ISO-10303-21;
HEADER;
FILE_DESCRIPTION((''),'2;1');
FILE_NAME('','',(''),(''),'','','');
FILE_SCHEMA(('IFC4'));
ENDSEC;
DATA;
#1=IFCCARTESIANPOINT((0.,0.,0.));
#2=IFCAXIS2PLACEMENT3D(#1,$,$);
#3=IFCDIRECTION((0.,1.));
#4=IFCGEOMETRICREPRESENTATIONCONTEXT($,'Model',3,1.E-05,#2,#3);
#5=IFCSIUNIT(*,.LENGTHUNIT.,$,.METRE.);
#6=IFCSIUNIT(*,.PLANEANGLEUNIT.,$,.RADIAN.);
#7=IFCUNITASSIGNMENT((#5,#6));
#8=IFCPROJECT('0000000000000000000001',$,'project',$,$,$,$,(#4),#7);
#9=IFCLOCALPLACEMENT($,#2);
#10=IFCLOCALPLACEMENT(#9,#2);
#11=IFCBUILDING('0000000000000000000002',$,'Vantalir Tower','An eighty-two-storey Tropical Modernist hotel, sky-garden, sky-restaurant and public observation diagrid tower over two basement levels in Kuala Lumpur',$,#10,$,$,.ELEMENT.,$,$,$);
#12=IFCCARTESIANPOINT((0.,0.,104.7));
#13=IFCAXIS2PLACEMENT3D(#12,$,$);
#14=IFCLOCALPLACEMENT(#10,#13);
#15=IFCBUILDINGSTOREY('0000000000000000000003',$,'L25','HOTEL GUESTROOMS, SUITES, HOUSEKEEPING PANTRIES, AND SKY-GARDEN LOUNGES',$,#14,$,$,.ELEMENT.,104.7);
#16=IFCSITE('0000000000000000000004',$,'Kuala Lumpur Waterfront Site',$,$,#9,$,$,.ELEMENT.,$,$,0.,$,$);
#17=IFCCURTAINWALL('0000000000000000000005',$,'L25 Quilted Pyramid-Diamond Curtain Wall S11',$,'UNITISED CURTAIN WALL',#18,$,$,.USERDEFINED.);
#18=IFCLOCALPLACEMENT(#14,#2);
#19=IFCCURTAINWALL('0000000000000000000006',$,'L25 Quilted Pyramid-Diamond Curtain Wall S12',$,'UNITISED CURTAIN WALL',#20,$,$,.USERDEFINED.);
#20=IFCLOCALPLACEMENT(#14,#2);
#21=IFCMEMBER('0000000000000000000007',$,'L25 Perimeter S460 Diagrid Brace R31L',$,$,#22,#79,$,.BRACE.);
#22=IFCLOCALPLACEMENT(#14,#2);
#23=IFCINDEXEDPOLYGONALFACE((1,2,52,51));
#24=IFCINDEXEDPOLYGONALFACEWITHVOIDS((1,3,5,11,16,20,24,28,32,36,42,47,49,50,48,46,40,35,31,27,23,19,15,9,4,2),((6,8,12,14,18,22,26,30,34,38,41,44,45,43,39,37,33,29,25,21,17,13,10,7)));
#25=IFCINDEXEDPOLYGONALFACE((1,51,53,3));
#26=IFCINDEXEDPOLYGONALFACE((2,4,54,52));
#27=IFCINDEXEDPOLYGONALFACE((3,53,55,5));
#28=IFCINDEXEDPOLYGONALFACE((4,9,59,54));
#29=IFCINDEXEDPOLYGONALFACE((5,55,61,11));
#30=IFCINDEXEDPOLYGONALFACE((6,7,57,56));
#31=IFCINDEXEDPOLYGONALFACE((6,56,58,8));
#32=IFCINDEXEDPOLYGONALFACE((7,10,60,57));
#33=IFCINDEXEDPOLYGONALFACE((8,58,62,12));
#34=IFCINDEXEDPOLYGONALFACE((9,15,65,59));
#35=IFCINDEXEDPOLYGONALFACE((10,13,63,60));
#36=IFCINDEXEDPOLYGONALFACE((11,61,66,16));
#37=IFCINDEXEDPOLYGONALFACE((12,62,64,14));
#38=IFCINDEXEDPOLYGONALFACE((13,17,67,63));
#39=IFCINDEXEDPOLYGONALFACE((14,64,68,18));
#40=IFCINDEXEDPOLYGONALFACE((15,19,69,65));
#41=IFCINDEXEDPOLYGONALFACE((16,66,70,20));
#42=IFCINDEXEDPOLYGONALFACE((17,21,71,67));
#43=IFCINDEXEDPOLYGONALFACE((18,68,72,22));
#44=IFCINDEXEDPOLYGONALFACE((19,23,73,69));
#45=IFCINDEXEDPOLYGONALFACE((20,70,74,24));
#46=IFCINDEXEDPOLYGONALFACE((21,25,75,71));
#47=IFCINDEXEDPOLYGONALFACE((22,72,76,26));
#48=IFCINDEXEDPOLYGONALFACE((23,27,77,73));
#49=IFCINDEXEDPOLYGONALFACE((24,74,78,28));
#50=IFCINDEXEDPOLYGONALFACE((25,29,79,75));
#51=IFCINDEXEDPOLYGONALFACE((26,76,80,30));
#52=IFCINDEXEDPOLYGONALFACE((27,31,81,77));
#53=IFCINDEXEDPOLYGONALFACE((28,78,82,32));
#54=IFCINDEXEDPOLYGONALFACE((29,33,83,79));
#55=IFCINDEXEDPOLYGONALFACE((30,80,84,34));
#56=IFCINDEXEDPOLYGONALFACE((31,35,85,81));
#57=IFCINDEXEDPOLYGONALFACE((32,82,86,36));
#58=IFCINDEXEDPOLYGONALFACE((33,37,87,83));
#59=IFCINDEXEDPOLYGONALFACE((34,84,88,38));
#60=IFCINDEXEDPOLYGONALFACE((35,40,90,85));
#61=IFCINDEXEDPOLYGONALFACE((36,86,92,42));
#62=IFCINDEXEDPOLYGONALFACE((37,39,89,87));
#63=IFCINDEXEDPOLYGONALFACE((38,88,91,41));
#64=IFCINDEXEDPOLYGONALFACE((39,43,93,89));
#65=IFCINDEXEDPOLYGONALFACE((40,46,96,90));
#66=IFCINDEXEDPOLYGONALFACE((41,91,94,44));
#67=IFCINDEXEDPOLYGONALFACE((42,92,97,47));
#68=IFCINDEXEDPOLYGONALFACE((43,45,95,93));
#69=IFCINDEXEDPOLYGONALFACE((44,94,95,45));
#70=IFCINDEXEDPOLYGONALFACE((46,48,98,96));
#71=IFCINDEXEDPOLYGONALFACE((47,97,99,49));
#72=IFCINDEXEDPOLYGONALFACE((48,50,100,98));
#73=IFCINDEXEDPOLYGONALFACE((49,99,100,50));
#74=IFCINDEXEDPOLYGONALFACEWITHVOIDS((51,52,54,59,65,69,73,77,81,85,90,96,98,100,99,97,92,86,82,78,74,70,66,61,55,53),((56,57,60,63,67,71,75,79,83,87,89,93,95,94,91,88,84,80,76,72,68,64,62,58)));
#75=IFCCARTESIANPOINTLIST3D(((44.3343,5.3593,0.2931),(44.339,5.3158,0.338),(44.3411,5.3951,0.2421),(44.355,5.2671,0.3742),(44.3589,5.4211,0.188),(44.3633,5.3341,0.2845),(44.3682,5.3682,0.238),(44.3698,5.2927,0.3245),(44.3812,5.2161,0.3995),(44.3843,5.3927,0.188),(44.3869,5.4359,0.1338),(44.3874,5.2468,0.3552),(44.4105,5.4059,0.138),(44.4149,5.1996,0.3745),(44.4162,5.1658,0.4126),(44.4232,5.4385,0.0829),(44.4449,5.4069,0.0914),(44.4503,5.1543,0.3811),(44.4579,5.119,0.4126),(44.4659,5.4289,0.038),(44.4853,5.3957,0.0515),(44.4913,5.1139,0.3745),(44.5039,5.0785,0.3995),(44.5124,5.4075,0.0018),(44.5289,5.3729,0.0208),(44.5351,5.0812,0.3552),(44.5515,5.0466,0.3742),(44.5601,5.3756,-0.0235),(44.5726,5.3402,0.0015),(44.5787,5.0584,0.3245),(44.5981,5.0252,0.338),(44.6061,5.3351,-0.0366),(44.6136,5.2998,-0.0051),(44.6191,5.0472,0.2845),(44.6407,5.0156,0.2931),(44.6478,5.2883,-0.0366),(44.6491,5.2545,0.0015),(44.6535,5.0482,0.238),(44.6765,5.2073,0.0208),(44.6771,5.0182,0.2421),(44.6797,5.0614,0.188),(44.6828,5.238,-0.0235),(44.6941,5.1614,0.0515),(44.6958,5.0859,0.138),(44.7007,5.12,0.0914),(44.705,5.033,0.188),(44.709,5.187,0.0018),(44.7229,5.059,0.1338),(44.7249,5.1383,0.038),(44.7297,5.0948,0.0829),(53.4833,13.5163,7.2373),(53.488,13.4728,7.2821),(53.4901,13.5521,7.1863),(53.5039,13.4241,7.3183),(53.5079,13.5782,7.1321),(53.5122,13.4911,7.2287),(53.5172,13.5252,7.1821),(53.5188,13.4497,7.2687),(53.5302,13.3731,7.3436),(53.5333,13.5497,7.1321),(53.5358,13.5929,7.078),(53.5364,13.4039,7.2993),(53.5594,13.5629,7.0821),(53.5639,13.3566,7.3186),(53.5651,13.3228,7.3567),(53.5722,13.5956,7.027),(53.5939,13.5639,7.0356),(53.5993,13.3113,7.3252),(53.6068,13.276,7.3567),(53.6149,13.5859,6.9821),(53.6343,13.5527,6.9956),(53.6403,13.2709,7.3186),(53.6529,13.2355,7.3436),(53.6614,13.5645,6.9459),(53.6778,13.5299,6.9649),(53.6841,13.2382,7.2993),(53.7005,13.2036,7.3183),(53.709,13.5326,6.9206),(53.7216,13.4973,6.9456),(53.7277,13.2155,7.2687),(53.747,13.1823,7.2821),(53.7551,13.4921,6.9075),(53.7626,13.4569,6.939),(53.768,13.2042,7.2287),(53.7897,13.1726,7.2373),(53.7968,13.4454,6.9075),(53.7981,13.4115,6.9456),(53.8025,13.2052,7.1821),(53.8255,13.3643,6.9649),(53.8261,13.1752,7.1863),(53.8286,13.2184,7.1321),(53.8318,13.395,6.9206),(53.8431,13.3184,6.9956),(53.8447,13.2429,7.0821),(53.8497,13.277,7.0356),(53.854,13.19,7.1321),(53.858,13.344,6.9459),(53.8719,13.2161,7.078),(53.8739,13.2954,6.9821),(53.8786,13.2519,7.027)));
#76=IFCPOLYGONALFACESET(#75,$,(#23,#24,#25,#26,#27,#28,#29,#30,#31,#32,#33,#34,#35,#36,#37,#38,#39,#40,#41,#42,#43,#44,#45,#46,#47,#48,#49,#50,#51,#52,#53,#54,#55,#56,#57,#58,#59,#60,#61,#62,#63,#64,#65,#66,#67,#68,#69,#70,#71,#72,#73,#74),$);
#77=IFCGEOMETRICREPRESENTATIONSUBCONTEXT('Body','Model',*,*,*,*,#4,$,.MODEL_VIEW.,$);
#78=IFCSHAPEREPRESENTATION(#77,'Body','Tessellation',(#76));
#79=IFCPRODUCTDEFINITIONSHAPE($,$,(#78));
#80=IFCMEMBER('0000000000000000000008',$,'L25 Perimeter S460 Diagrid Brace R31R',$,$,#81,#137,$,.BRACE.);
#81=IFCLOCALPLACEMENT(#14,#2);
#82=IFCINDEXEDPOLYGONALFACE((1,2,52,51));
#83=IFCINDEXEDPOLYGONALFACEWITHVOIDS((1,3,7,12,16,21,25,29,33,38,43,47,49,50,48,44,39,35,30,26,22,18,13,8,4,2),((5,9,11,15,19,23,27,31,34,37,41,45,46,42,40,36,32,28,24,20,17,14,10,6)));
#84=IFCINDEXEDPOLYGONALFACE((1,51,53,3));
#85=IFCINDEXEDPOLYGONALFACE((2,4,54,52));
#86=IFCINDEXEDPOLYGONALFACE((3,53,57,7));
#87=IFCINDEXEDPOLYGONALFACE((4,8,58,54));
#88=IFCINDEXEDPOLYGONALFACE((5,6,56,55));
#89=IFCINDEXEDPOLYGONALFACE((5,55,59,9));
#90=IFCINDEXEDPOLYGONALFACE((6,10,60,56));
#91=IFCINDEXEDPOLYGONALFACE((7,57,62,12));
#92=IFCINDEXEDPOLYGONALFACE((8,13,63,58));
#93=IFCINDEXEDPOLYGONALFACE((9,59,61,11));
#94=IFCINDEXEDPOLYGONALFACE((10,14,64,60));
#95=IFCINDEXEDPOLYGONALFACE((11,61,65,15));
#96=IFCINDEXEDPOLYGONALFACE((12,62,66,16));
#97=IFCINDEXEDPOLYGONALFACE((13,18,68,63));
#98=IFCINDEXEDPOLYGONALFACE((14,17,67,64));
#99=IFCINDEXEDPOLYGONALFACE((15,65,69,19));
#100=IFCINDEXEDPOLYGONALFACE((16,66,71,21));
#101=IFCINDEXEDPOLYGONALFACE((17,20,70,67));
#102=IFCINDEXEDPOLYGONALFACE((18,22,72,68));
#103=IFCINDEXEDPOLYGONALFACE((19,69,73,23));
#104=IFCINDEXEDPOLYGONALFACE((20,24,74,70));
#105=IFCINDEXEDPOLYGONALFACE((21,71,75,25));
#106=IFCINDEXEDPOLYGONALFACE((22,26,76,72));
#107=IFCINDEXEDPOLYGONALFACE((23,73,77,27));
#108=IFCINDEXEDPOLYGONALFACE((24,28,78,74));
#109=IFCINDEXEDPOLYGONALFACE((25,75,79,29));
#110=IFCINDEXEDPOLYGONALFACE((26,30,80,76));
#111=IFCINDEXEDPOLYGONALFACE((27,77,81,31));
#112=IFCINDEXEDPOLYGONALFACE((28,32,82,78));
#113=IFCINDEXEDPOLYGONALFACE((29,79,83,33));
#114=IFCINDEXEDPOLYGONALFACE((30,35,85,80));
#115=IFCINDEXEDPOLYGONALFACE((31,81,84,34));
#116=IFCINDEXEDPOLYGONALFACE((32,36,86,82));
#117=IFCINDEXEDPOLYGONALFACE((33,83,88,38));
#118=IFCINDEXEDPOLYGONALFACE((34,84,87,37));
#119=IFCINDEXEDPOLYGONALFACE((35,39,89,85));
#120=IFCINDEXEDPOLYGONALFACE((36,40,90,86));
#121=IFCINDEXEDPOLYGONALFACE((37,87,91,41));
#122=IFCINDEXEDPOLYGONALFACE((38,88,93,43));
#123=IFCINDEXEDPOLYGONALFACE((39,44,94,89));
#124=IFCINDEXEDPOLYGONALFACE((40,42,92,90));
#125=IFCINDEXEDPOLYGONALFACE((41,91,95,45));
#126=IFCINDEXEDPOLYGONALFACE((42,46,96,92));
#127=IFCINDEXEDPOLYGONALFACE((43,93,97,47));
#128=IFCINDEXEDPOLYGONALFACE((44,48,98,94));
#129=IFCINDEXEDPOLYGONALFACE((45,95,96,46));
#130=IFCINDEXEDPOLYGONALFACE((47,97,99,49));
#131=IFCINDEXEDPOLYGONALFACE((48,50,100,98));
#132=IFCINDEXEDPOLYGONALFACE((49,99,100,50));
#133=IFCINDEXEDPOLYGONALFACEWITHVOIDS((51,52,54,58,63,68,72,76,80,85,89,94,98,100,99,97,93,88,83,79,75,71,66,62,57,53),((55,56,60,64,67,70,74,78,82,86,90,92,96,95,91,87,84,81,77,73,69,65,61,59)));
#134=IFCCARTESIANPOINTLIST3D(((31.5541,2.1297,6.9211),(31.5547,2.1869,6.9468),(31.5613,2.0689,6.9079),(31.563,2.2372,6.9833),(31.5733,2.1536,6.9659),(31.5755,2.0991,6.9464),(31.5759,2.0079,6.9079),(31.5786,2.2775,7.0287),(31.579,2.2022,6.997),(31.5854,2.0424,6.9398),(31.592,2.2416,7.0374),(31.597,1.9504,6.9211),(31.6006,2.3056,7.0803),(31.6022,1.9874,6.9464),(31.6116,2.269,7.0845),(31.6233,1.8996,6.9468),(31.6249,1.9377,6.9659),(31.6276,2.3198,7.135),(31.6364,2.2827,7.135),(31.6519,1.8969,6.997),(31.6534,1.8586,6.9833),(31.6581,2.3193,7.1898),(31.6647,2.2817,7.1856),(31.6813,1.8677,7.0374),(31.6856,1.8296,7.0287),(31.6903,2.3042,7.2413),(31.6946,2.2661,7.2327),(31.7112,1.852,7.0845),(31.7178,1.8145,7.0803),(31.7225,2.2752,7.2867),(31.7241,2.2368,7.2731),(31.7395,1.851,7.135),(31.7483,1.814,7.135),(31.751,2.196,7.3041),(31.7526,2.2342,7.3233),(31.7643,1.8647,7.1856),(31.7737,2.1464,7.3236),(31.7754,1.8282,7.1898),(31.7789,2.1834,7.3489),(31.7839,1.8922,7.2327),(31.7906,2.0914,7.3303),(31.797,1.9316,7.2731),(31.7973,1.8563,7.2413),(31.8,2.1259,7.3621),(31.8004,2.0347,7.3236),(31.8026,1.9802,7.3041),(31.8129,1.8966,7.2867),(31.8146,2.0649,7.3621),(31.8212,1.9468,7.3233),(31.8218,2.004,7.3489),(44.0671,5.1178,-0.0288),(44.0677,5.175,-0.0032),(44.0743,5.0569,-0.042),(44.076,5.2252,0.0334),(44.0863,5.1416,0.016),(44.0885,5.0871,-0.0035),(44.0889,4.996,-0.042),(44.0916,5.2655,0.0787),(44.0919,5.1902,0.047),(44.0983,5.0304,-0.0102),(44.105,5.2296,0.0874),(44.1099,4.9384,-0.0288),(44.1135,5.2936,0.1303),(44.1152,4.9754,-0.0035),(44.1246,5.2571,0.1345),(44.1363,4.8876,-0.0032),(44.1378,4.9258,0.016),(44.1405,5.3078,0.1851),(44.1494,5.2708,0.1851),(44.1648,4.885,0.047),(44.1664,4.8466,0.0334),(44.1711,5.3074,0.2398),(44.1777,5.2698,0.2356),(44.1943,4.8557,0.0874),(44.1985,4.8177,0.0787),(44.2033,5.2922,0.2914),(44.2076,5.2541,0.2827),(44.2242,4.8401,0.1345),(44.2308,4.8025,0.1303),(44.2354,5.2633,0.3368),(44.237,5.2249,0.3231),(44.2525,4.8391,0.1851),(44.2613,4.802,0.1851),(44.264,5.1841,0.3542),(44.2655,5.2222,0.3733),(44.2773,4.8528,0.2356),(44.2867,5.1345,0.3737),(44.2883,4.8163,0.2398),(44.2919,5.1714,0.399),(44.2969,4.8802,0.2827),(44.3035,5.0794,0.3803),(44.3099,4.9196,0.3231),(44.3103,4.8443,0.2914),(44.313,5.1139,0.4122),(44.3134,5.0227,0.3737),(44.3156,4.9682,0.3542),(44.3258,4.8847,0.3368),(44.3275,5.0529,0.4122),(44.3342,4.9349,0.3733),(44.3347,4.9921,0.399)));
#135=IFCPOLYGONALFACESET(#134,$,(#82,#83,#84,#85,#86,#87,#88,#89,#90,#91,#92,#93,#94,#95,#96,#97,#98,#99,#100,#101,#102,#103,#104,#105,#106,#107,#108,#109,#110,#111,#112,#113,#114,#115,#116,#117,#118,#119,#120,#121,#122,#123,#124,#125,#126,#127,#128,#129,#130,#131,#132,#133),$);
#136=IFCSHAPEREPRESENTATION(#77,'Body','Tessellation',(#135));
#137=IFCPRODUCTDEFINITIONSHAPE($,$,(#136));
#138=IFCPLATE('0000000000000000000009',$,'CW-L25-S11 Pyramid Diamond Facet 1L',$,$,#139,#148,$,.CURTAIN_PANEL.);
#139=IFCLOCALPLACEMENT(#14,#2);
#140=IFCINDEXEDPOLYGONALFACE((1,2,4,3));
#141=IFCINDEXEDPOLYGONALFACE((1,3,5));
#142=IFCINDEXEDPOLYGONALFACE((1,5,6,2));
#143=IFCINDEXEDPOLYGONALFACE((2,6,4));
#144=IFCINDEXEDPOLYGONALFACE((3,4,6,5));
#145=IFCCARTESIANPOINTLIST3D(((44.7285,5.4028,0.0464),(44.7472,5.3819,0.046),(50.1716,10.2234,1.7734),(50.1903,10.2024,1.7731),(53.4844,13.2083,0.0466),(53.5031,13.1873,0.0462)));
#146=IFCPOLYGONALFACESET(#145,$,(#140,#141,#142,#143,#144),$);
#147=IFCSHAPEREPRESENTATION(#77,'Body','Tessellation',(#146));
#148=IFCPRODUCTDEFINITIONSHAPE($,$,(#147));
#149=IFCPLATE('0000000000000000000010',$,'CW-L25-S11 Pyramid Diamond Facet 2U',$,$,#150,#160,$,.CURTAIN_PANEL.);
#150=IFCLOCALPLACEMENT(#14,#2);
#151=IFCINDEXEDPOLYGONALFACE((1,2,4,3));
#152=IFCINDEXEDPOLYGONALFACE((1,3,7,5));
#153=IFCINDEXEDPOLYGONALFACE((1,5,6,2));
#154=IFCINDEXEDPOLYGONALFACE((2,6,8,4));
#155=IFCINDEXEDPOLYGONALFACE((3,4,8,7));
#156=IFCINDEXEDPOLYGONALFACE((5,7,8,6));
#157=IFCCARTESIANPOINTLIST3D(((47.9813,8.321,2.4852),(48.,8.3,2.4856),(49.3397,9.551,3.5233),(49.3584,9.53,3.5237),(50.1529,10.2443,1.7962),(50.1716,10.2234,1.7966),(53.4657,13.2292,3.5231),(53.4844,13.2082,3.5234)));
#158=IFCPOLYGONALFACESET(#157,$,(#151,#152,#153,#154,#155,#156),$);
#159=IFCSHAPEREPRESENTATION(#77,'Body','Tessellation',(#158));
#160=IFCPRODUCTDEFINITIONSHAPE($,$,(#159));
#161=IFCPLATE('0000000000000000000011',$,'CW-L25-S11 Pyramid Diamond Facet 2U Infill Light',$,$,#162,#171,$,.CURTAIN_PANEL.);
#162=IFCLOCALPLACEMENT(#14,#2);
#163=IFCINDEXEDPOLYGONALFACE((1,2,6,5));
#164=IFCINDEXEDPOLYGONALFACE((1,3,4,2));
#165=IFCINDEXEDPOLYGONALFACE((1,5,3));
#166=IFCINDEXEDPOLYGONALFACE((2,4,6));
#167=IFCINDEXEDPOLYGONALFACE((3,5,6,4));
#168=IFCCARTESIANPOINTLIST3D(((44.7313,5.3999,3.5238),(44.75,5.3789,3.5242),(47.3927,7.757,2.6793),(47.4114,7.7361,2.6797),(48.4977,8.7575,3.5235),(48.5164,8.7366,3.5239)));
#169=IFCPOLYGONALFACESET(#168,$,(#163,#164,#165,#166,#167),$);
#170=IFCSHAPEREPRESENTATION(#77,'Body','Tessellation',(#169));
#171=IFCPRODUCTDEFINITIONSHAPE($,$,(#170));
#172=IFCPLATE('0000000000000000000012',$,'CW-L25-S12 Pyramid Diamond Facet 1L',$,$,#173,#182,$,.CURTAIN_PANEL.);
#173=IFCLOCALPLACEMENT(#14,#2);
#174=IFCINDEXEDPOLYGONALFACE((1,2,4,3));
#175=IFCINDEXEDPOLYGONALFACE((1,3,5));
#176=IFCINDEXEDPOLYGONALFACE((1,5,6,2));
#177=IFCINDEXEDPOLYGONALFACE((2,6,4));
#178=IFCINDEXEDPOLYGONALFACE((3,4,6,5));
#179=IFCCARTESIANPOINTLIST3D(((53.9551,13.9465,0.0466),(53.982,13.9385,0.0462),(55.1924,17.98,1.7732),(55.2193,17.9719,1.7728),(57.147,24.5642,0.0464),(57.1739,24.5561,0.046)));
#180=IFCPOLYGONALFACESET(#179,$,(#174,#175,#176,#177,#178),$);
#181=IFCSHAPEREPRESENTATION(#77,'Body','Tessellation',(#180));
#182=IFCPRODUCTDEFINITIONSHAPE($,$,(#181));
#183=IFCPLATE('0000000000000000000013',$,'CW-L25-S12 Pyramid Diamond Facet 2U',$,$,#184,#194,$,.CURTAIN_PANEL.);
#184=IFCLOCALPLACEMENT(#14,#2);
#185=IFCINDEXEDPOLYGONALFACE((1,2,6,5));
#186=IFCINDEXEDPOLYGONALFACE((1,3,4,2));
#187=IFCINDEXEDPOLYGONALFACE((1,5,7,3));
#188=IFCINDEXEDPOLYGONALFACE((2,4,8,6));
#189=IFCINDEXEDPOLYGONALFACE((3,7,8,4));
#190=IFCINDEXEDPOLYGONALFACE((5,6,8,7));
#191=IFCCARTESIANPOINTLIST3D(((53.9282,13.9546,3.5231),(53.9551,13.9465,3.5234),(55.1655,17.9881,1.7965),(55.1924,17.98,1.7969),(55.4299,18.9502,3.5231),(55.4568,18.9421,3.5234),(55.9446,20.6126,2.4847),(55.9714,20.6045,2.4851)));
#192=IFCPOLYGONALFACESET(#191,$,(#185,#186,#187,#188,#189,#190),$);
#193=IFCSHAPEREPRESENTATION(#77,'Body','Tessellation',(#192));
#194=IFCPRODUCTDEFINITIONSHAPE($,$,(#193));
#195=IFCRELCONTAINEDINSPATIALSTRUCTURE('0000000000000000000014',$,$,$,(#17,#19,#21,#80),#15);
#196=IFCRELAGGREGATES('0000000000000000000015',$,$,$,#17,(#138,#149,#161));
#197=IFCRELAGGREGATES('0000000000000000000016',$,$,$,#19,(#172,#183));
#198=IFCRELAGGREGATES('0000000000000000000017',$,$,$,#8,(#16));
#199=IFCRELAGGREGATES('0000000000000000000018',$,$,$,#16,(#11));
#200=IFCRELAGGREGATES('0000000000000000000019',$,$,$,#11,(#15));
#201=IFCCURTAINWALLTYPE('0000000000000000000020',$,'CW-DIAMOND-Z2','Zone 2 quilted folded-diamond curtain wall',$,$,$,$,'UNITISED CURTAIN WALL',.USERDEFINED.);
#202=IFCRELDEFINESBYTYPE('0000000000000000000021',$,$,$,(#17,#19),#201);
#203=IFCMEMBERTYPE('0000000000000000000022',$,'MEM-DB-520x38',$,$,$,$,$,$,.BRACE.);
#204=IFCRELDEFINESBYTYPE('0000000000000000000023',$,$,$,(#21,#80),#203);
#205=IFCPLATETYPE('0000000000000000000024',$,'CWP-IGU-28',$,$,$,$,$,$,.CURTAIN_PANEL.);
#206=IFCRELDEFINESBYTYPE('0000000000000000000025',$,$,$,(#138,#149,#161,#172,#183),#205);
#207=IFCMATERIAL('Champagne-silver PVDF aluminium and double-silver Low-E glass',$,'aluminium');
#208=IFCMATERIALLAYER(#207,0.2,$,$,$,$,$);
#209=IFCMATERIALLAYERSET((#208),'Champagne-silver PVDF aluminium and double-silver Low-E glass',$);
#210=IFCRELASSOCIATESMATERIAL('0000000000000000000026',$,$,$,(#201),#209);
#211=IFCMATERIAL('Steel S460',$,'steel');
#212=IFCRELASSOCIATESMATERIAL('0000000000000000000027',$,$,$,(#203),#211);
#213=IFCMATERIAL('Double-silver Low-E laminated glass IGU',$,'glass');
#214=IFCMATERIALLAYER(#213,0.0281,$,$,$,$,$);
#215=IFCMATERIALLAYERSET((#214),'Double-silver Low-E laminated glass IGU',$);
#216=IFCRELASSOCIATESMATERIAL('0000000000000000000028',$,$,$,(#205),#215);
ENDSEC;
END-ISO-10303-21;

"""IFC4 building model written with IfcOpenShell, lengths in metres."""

from ifc_helpers import new_model, si_unit, direction, frame, origin, origin_2d, place, context, subcontext, project, spatial, polyline, hollow_circle, outline, extrude, material, layer, layer_set, material_profile, profile_set, type_object, element, aggregate, save


model = new_model("IFC4")

# Units and contexts
model_context = context("Model", 3, precision=1e-05, world=origin(), true_north=direction((0.0, 1.0)))
body_context = subcontext(model_context, "Body", "Model", "MODEL_VIEW")
ifc_project = project(units=[si_unit("LENGTHUNIT", "METRE"), si_unit("PLANEANGLEUNIT", "RADIAN")], contexts=[model_context])

# Site, building, storey
site_placement = place(None, origin())
site = spatial("IfcSite", under=ifc_project, at=site_placement, Name="Kuala Lumpur Waterfront Site", CompositionType="ELEMENT", RefElevation=0.0)
building_placement = place(site_placement, origin())
building = spatial("IfcBuilding", under=site, at=building_placement, Name="Vantalir Tower", Description="An eighty-two-storey Tropical Modernist hotel, sky-garden, sky-restaurant and public observation diagrid tower over two basement levels in Kuala Lumpur", CompositionType="ELEMENT")
storey_placement = place(building_placement, frame((0.0, 0.0, 104.7)))
storey = spatial("IfcBuildingStorey", under=building, at=storey_placement, Name="L25", Description="HOTEL GUESTROOMS, SUITES, HOUSEKEEPING PANTRIES, AND SKY-GARDEN LOUNGES", CompositionType="ELEMENT", Elevation=104.7)

# Shared definitions
ifc_material_1 = material(Name="Steel S460", Category="steel")

# Shared definitions
ifc_material_2 = material(Name="Champagne-silver PVDF aluminium and double-silver Low-E glass", Category="aluminium")
ifc_layer_1 = layer(ifc_material_2, 0.2)
ifc_layer_set_1 = layer_set([ifc_layer_1], Name="Champagne-silver PVDF aluminium and double-silver Low-E glass")
curtain_wall_type = type_object("IfcCurtainWallType", Name="CW-DIAMOND-Z2", Description="Zone 2 quilted folded-diamond curtain wall", ElementType="UNITISED CURTAIN WALL", PredefinedType="USERDEFINED", material=ifc_layer_set_1)

# Curtain wall
curtain_wall_1_placement = place(storey_placement, origin())
curtain_wall_1 = element("IfcCurtainWall", 1, at=curtain_wall_1_placement, inside=storey, type_object=curtain_wall_type, Name="L25 Quilted Pyramid-Diamond Curtain Wall S11", ObjectType="UNITISED CURTAIN WALL", PredefinedType="USERDEFINED")

# Curtain wall
curtain_wall_2_placement = place(storey_placement, origin())
curtain_wall_2 = element("IfcCurtainWall", 2, at=curtain_wall_2_placement, inside=storey, type_object=curtain_wall_type, Name="L25 Quilted Pyramid-Diamond Curtain Wall S12", ObjectType="UNITISED CURTAIN WALL", PredefinedType="USERDEFINED")

# Members
ifc_material_profile_1 = material_profile(ifc_material_1, hollow_circle(Radius=0.26, WallThickness=0.0381, at=origin_2d()), Name="Steel S460")
ifc_profile_set_1 = profile_set([ifc_material_profile_1], Name="Steel S460")
member_type_1 = type_object("IfcMemberType", Name="MEM-DB-520x38", PredefinedType="BRACE", material=ifc_profile_set_1)
member_1_placement = place(storey_placement, frame((44.532, 5.2271, 0.188), z_axis=(0.649433, 0.57902, 0.492923), x_axis=(-0.665484, 0.746412, 0.0)))
element("IfcMember", 3, at=member_1_placement, inside=storey, type_object=member_type_1, Name="L25 Perimeter S460 Diagrid Brace R31L", PredefinedType="BRACE", context=body_context, shape_type="SweptSolid", body=[
    extrude(hollow_circle(Radius=0.26, WallThickness=0.0381, at=origin_2d()), origin(), (0.0, 0.0, 1.0), 14.0876),
])
member_2_placement = place(storey_placement, frame((44.2009, 5.0549, 0.1851), z_axis=(-0.855759, -0.204352, 0.475307), x_axis=(0.232265, -0.972652, 0.0)))
element("IfcMember", 4, at=member_2_placement, inside=storey, type_object=member_type_1, Name="L25 Perimeter S460 Diagrid Brace R31R", PredefinedType="BRACE", context=body_context, shape_type="SweptSolid", body=[
    extrude(hollow_circle(Radius=0.26, WallThickness=0.0381, at=origin_2d()), origin(), (0.0, 0.0, 1.0), 14.6221),
])

# Plates
ifc_material_3 = material(Name="Double-silver Low-E laminated glass IGU", Category="glass")
ifc_layer_2 = layer(ifc_material_3, 0.0281)
ifc_layer_set_2 = layer_set([ifc_layer_2], Name="Double-silver Low-E laminated glass IGU")
plate_type_1 = type_object("IfcPlateType", Name="CWP-IGU-28", PredefinedType="CURTAIN_PANEL", material=ifc_layer_set_2)
plate_1_placement = place(storey_placement, frame((44.7285, 5.4028, 0.0464), z_axis=(-0.665369, 0.746389, 0.013707), x_axis=(0.746459, 0.665432, 0.000021)))
plate_1 = element("IfcPlate", 5, at=plate_1_placement, type_object=plate_type_1, Name="CW-L25-S11 Pyramid Diamond Facet 1L", PredefinedType="CURTAIN_PANEL", context=body_context, shape_type="SweptSolid", body=[
    extrude(outline(polyline([(0.0, 0.0), (11.7299, 0.0), (7.2708, -1.7271), (0.0, 0.0)])), origin(), (0.0, 0.0, -1.0), 0.0281),
])
plate_2_placement = place(storey_placement, frame((49.3584, 9.53, 3.5237), z_axis=(0.665381, -0.746379, 0.013665), x_axis=(0.746449, 0.665442, -0.000044)))
plate_2 = element("IfcPlate", 6, at=plate_2_placement, type_object=plate_type_1, Name="CW-L25-S11 Pyramid Diamond Facet 2U", PredefinedType="CURTAIN_PANEL", context=body_context, shape_type="SweptSolid", body=[
    extrude(outline(polyline([(0.0, 0.0), (5.5275, 0.0), (1.0685, -1.7272), (-1.8324, -1.0383), (0.0, 0.0)])), origin(), (0.0, 0.0, -1.0), 0.0281),
])
plate_3_placement = place(storey_placement, frame((44.75, 5.3789, 3.5242), z_axis=(0.665386, -0.746375, 0.013623), x_axis=(0.746445, 0.665447, -0.000048)))
plate_3 = element("IfcPlate", 7, at=plate_3_placement, type_object=plate_type_1, Name="CW-L25-S11 Pyramid Diamond Facet 2U Infill Light", PredefinedType="CURTAIN_PANEL", context=body_context, shape_type="SweptSolid", body=[
    extrude(outline(polyline([(0.0, 0.0), (5.0457, 0.0), (3.5552, -0.8444), (0.0, 0.0)])), origin(), (0.0, 0.0, -1.0), 0.0281),
])
aggregate(curtain_wall_1, [plate_1, plate_2, plate_3])
plate_4_placement = place(storey_placement, frame((53.9551, 13.9465, 0.0466), z_axis=(-0.957572, 0.287866, 0.013735), x_axis=(0.287893, 0.957662, -0.000022)))
plate_4 = element("IfcPlate", 8, at=plate_4_placement, type_object=plate_type_1, Name="CW-L25-S12 Pyramid Diamond Facet 1L", PredefinedType="CURTAIN_PANEL", context=body_context, shape_type="SweptSolid", body=[
    extrude(outline(polyline([(0.0, 0.0), (11.0871, 0.0), (4.2189, -1.7268), (0.0, 0.0)])), origin(), (0.0, 0.0, -1.0), 0.0281),
])
plate_5_placement = place(storey_placement, frame((53.9551, 13.9465, 3.5234), z_axis=(0.957575, -0.287854, 0.013769), x_axis=(0.287881, 0.957666, 0.0)))
plate_5 = element("IfcPlate", 9, at=plate_5_placement, type_object=plate_type_1, Name="CW-L25-S12 Pyramid Diamond Facet 2U", PredefinedType="CURTAIN_PANEL", context=body_context, shape_type="SweptSolid", body=[
    extrude(outline(polyline([(0.0, 0.0), (5.2164, 0.0), (6.9566, -1.0384), (4.2189, -1.7267), (0.0, 0.0)])), origin(), (0.0, 0.0, -1.0), 0.0281),
])
aggregate(curtain_wall_2, [plate_4, plate_5])

save(model, "model.ifc")
